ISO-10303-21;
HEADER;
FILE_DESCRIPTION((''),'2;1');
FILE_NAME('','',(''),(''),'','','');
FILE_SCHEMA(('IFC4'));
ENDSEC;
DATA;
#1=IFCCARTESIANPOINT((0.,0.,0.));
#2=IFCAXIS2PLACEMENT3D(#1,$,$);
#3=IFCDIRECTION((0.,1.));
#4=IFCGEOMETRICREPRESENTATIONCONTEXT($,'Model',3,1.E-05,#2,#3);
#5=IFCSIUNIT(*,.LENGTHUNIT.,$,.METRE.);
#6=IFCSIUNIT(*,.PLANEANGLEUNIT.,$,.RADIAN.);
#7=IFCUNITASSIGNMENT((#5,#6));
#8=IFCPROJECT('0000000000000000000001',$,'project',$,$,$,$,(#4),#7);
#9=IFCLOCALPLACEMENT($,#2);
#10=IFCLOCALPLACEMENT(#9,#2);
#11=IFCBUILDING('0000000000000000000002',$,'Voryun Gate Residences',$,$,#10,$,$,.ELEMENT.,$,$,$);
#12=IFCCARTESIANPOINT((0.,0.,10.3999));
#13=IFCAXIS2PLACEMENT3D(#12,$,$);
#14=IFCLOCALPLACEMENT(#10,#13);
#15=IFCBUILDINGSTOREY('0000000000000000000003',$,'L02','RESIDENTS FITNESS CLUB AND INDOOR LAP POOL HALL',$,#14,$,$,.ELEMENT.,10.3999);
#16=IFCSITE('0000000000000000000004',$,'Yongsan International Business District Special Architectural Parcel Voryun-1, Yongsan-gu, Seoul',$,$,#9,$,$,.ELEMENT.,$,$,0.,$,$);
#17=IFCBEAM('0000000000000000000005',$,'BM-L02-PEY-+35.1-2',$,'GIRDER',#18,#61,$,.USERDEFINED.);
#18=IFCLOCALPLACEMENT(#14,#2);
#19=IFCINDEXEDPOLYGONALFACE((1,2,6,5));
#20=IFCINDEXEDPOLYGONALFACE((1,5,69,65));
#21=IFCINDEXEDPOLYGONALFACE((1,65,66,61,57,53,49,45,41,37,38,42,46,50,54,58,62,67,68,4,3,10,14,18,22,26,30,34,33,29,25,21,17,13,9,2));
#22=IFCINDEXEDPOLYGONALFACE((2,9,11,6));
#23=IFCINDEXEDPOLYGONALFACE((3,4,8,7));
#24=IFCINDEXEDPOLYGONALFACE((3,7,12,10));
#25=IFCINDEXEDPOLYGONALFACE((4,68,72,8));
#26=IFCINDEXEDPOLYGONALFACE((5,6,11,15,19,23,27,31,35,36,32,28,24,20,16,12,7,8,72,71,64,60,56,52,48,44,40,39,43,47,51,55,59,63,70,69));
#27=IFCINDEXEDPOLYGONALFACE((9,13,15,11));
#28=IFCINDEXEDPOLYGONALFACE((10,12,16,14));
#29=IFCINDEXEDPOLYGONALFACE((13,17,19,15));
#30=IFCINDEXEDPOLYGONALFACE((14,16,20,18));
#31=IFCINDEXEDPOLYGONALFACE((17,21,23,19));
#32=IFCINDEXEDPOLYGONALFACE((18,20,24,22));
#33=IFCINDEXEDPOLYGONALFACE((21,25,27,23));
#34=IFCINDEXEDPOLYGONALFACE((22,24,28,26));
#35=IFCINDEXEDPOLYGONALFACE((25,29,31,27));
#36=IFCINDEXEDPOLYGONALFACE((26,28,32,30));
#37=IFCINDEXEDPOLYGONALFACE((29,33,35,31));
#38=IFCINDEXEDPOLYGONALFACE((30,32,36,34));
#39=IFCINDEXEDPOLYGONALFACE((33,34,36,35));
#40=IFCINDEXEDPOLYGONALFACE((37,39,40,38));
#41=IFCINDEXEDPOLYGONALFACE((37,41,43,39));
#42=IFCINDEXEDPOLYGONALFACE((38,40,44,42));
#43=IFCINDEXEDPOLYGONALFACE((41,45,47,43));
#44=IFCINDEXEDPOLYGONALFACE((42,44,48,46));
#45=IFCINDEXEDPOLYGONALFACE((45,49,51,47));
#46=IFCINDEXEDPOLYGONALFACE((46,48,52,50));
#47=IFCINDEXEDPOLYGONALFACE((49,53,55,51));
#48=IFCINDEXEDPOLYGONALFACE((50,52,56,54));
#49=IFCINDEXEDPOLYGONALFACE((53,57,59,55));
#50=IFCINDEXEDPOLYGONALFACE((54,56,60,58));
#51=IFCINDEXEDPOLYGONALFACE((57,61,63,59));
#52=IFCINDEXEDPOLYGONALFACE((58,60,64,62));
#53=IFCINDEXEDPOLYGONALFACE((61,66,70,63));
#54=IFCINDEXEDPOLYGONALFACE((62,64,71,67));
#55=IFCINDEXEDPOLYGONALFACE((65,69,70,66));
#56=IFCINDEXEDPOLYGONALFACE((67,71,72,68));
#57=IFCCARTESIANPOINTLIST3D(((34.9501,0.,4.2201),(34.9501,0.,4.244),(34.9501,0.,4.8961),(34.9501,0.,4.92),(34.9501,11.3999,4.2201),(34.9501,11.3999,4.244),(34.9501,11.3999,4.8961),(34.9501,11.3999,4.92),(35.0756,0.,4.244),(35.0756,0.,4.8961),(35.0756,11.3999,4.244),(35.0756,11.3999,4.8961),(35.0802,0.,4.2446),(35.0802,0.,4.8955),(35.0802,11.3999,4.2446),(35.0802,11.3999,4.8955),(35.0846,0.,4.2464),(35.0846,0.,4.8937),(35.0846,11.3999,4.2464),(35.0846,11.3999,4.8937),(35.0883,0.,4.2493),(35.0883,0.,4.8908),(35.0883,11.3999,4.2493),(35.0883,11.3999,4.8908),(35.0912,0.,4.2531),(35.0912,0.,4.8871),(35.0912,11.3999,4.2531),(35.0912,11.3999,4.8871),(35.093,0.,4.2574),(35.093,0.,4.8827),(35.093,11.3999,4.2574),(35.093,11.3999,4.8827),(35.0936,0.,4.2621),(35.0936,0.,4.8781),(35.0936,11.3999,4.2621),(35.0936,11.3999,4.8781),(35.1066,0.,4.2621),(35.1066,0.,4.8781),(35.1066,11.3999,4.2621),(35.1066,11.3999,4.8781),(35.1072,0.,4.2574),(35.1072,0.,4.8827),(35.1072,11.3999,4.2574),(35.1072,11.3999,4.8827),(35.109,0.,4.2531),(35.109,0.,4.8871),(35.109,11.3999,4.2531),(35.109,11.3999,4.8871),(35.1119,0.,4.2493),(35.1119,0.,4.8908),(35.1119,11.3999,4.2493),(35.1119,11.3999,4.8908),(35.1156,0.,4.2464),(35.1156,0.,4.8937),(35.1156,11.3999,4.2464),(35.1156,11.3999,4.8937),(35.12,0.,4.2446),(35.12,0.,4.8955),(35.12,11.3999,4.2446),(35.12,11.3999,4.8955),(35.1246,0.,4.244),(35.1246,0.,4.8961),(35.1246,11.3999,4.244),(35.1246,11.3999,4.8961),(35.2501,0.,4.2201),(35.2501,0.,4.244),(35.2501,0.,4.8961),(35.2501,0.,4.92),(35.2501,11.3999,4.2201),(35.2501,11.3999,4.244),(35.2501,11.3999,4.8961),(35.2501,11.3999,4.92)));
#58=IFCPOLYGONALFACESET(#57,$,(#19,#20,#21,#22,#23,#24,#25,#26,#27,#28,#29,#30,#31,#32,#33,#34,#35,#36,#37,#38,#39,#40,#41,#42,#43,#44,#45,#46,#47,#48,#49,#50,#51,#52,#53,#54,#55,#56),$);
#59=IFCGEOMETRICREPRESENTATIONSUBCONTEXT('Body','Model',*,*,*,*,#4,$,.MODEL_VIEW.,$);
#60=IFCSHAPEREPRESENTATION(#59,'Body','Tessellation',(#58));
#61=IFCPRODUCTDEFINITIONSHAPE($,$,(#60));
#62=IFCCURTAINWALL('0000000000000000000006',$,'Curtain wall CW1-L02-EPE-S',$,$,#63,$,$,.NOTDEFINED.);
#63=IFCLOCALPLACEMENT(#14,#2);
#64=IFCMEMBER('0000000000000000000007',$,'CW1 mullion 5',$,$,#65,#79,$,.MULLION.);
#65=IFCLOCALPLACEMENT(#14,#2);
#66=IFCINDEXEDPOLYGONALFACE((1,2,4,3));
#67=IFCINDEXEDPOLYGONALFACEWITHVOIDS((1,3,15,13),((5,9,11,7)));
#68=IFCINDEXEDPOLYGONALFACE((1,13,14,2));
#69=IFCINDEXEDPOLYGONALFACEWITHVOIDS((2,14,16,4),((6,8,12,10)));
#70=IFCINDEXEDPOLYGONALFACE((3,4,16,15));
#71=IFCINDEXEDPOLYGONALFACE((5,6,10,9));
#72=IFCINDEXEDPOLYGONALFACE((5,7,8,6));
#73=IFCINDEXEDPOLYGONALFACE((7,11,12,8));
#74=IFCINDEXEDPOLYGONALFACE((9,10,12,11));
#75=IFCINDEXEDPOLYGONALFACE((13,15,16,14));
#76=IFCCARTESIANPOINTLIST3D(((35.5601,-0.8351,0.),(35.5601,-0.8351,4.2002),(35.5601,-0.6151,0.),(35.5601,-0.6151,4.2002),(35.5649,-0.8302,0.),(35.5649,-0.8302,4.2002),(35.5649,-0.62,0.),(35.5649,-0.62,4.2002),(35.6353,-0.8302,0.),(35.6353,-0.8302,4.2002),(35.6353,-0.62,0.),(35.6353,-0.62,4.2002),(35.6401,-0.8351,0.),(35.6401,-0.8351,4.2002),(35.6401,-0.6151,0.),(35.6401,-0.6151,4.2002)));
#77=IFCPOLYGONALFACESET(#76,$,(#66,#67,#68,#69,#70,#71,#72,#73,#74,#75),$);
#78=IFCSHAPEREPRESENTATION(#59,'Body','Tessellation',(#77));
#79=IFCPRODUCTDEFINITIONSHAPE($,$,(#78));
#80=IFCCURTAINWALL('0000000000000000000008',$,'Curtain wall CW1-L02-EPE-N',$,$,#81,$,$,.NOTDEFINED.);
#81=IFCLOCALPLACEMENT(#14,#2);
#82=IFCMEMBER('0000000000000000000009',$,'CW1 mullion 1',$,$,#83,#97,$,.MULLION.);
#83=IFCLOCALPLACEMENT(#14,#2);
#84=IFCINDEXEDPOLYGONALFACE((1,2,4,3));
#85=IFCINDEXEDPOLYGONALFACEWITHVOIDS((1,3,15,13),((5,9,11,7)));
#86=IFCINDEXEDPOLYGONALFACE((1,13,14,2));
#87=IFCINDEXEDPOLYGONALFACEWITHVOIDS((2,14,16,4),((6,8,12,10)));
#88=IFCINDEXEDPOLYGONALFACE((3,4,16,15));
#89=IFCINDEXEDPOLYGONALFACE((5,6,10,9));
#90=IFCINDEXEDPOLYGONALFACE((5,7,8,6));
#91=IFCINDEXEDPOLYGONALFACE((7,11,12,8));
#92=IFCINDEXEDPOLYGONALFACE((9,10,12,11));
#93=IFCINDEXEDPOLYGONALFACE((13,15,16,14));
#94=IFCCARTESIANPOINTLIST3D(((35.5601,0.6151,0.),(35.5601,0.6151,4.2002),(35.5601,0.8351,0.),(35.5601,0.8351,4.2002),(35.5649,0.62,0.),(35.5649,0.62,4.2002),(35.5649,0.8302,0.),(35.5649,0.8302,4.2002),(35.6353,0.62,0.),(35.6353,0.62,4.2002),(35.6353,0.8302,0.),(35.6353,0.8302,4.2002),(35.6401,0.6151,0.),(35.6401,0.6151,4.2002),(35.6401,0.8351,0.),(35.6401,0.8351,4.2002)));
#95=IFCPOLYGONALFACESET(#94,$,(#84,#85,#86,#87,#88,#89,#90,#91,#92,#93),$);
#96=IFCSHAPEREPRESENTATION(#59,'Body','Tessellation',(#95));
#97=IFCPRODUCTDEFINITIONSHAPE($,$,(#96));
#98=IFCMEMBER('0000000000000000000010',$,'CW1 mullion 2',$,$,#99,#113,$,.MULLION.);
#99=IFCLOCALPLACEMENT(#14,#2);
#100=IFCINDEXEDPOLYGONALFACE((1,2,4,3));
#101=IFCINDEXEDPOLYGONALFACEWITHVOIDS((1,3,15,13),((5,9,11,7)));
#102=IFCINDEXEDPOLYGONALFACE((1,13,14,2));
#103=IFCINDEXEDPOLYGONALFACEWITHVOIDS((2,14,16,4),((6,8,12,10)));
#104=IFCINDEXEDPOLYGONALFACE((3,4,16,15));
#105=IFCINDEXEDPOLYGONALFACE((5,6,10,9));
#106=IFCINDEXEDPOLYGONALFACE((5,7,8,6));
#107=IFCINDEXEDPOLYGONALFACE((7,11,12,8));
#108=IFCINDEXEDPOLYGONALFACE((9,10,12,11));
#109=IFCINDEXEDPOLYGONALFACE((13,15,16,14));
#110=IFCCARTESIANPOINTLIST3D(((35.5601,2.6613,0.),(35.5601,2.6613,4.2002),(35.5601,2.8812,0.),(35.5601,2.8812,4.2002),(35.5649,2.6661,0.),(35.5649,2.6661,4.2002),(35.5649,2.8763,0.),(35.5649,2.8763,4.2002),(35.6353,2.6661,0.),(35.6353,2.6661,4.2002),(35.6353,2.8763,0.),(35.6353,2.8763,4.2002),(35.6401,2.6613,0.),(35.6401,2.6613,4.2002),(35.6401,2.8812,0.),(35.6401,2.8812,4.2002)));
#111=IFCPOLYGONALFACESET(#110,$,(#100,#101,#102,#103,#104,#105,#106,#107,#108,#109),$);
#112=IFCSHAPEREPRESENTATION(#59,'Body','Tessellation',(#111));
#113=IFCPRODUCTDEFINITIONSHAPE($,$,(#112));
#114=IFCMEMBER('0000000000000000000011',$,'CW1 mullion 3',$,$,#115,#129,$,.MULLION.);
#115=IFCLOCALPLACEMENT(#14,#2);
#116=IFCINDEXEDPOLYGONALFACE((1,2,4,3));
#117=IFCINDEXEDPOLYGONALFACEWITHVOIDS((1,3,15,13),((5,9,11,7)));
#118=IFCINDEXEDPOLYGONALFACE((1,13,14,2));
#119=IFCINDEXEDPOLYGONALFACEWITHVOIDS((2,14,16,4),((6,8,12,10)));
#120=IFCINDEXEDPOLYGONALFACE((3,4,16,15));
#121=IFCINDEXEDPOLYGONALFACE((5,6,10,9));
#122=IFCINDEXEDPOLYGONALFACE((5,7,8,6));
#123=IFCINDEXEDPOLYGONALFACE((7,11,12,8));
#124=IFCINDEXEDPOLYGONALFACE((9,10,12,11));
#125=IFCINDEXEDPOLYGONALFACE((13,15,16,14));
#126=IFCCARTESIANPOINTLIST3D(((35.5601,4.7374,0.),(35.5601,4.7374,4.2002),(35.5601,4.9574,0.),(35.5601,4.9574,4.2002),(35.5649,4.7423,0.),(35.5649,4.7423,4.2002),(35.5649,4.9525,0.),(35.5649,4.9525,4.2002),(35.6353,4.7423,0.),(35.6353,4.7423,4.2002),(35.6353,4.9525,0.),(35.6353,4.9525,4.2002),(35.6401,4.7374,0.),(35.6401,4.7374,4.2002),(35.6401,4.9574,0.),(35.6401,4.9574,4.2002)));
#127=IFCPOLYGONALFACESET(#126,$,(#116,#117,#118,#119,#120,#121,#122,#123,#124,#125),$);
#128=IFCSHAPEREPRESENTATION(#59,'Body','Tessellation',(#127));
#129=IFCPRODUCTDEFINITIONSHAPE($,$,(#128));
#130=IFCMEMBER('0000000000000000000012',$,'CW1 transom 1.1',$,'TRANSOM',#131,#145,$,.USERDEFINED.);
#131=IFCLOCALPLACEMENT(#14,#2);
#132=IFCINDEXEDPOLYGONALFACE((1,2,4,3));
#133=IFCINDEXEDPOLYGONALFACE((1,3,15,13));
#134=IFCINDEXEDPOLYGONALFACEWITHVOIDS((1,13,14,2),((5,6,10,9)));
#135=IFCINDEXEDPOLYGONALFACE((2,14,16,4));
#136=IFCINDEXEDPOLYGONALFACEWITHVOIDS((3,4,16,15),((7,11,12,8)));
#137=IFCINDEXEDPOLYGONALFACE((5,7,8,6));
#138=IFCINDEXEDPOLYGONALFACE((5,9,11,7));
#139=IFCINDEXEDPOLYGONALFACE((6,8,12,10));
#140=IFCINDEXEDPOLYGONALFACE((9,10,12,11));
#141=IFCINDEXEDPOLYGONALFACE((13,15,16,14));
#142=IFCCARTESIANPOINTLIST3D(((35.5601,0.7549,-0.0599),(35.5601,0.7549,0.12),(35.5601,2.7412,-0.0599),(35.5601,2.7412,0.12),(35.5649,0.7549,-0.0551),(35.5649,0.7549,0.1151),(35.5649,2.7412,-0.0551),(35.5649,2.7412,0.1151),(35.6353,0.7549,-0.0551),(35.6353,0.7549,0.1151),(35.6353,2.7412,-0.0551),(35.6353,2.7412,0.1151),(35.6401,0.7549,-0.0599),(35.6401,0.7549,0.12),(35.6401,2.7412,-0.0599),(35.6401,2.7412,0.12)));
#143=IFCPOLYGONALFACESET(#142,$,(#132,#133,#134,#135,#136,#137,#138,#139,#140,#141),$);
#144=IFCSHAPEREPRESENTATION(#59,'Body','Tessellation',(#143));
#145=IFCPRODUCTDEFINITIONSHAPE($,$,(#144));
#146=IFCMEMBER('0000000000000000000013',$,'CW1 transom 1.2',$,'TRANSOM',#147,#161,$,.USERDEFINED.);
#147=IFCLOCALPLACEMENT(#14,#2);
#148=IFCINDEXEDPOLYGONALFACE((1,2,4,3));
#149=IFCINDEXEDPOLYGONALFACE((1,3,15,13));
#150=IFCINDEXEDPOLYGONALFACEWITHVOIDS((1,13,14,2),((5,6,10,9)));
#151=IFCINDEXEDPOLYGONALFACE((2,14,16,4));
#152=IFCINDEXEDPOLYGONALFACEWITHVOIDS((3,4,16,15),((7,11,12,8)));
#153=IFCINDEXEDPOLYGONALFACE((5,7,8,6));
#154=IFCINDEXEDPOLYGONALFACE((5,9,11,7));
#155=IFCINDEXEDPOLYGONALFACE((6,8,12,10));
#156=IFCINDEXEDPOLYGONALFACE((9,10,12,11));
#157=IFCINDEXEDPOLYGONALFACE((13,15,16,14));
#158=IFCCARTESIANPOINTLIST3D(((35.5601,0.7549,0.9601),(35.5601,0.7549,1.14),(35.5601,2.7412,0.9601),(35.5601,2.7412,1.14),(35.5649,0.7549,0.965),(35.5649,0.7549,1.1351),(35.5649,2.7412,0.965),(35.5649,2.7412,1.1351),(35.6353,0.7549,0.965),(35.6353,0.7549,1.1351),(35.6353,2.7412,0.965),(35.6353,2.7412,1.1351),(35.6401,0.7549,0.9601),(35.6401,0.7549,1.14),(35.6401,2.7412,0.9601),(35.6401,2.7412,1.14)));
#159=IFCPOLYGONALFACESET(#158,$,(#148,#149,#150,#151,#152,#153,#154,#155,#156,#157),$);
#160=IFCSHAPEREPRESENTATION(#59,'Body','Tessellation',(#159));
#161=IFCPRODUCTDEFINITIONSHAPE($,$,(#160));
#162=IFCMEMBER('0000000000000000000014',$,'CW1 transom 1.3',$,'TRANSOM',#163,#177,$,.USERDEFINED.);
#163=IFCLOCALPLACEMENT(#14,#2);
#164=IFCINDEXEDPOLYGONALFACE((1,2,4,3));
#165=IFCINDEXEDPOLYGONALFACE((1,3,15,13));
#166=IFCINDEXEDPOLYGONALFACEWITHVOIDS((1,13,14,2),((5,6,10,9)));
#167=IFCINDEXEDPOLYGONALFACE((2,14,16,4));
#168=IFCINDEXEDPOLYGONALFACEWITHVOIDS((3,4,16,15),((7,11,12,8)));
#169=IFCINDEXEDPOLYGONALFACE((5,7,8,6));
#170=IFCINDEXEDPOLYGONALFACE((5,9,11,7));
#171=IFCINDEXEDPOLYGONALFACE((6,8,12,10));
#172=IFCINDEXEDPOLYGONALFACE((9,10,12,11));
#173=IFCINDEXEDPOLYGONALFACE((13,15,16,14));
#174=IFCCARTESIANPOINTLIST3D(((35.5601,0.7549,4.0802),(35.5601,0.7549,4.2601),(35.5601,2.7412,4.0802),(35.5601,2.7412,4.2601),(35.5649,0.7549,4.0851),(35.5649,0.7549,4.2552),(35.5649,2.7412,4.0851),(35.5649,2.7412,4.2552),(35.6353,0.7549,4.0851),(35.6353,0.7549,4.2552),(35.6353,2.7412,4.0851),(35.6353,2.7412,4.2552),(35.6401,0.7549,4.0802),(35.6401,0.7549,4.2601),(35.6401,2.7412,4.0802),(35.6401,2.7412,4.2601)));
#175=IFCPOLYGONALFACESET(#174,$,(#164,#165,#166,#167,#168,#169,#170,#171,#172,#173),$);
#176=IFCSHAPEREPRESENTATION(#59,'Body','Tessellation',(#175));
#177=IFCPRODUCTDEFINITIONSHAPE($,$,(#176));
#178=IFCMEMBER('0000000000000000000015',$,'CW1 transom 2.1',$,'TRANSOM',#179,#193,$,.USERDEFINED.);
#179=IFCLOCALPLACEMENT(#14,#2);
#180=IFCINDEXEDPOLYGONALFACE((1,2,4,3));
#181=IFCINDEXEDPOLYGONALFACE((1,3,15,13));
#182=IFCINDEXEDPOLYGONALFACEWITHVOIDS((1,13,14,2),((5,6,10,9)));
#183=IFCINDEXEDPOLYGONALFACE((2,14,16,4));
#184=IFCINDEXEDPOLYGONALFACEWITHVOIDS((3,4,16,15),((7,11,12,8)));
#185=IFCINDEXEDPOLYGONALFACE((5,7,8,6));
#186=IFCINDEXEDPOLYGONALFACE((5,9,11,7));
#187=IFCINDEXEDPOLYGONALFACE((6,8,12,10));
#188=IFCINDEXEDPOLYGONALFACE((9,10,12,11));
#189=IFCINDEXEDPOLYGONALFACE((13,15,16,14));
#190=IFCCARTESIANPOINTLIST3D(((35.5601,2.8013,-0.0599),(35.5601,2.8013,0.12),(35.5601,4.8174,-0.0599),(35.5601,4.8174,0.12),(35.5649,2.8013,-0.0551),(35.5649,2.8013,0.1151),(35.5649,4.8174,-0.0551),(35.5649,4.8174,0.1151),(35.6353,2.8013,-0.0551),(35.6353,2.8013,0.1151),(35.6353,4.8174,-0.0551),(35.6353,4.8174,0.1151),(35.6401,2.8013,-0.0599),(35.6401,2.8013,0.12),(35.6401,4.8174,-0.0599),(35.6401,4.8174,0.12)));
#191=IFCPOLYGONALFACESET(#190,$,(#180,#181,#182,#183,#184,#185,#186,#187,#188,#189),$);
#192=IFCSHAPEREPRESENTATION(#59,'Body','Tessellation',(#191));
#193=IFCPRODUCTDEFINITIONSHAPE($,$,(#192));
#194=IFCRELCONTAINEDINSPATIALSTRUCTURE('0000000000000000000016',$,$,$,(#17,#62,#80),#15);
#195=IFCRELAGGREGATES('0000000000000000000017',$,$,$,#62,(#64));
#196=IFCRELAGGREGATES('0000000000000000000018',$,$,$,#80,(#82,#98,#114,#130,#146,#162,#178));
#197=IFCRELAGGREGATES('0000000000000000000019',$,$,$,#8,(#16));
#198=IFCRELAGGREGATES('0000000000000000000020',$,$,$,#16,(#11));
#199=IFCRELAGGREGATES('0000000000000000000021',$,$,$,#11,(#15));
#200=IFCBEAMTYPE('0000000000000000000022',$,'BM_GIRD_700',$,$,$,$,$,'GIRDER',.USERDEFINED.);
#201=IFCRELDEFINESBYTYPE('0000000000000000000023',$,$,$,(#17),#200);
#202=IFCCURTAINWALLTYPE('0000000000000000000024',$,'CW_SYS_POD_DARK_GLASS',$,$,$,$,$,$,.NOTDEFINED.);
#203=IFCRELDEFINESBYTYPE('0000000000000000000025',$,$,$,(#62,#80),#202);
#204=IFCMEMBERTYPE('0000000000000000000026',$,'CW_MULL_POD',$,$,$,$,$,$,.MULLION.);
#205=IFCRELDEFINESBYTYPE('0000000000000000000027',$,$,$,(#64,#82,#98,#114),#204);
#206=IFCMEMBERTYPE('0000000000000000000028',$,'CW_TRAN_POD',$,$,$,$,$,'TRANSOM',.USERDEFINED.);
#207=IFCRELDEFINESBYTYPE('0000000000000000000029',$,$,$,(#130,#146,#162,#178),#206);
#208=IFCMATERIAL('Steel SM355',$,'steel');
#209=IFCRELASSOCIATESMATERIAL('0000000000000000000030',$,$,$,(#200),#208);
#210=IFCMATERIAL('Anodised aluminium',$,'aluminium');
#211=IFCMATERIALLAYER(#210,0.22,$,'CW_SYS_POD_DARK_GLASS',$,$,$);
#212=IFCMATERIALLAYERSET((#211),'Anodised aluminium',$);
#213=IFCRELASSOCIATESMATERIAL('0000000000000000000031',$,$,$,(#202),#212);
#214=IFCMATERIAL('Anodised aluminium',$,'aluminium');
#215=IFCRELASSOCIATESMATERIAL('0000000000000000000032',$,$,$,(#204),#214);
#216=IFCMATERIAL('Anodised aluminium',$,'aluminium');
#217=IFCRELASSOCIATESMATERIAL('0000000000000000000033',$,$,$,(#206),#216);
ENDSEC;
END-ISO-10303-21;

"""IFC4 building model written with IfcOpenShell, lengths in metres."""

from ifc_helpers import new_model, si_unit, direction, frame, origin, origin_2d, place, context, subcontext, project, spatial, hollow_rectangle, i_section, extrude, material, layer, layer_set, material_profile, profile_set, type_object, element, aggregate, save


model = new_model("IFC4")

# Units and contexts
model_context = context("Model", 3, precision=1e-05, world=origin(), true_north=direction((0.0, 1.0)))
body_context = subcontext(model_context, "Body", "Model", "MODEL_VIEW")
ifc_project = project(units=[si_unit("LENGTHUNIT", "METRE"), si_unit("PLANEANGLEUNIT", "RADIAN")], contexts=[model_context])

# Site, building, storey
site_placement = place(None, origin())
site = spatial("IfcSite", under=ifc_project, at=site_placement, Name="Yongsan International Business District Special Architectural Parcel Voryun-1, Yongsan-gu, Seoul", CompositionType="ELEMENT", RefElevation=0.0)
building_placement = place(site_placement, origin())
building = spatial("IfcBuilding", under=site, at=building_placement, Name="Voryun Gate Residences", CompositionType="ELEMENT")
storey_placement = place(building_placement, frame((0.0, 0.0, 10.3999)))
storey = spatial("IfcBuildingStorey", under=building, at=storey_placement, Name="L02", Description="RESIDENTS FITNESS CLUB AND INDOOR LAP POOL HALL", CompositionType="ELEMENT", Elevation=10.3999)

# Beam
ifc_material_1 = material(Name="Steel SM355", Category="steel")
ifc_material_profile_1 = material_profile(ifc_material_1, i_section(OverallWidth=0.3, OverallDepth=0.7, WebThickness=0.0129, FlangeThickness=0.0239, FilletRadius=0.0181, at=origin_2d()), Name="H-700x300x13x24")
ifc_profile_set_1 = profile_set([ifc_material_profile_1], Name="Steel SM355")
beam_type = type_object("IfcBeamType", Name="BM_GIRD_700", ElementType="GIRDER", PredefinedType="USERDEFINED", material=ifc_profile_set_1)
for number, where, z_axis, x_axis, name in (
    (1, (35.1001, 0.0, 4.5701), (0.0, 1.0, 0.0), (-1.0, 0.0, 0.0), "BM-L02-PEY-+35.1-2"),
):
    element("IfcBeam", number, at=place(storey_placement, frame(where, z_axis=z_axis, x_axis=x_axis)), inside=storey, type_object=beam_type, Name=name, ObjectType="GIRDER", PredefinedType="USERDEFINED", context=body_context, shape_type="SweptSolid", body=[
        extrude(i_section(OverallWidth=0.3, OverallDepth=0.7, WebThickness=0.0129, FlangeThickness=0.0239, FilletRadius=0.0181, at=origin_2d()), origin(), (0.0, 0.0, 1.0), 11.3999),
    ])

# Curtain wall, member
ifc_material_2 = material(Name="Anodised aluminium", Category="aluminium")
ifc_layer_1 = layer(ifc_material_2, 0.22, Name="CW_SYS_POD_DARK_GLASS")
ifc_layer_set_1 = layer_set([ifc_layer_1], Name="Anodised aluminium")
curtain_wall_type = type_object("IfcCurtainWallType", Name="CW_SYS_POD_DARK_GLASS", PredefinedType="NOTDEFINED", material=ifc_layer_set_1)
curtain_wall_1_placement = place(storey_placement, origin())
curtain_wall_1 = element("IfcCurtainWall", 2, at=curtain_wall_1_placement, inside=storey, type_object=curtain_wall_type, Name="Curtain wall CW1-L02-EPE-S", PredefinedType="NOTDEFINED")
ifc_material_3 = material(Name="Anodised aluminium", Category="aluminium")
ifc_material_profile_2 = material_profile(ifc_material_3, hollow_rectangle(XDim=0.0801, YDim=0.22, WallThickness=0.0049, at=origin_2d()), Name="ALU-MULL-220x80x5")
ifc_profile_set_2 = profile_set([ifc_material_profile_2], Name="Anodised aluminium")
member_type_1 = type_object("IfcMemberType", Name="CW_MULL_POD", PredefinedType="MULLION", material=ifc_profile_set_2)
member_1_placement = place(storey_placement, frame((35.6001, -0.7251, 0.0), z_axis=(0.0, 0.0, 1.0), x_axis=(-1.0, 0.0, 0.0)))
member_1 = element("IfcMember", 3, at=member_1_placement, type_object=member_type_1, Name="CW1 mullion 5", PredefinedType="MULLION", context=body_context, shape_type="SweptSolid", body=[
    extrude(hollow_rectangle(XDim=0.0801, YDim=0.22, WallThickness=0.0049, at=origin_2d()), origin(), (0.0, 0.0, 1.0), 4.2002),
])

# Curtain wall, members
curtain_wall_2_placement = place(storey_placement, origin())
curtain_wall_2 = element("IfcCurtainWall", 4, at=curtain_wall_2_placement, inside=storey, type_object=curtain_wall_type, Name="Curtain wall CW1-L02-EPE-N", PredefinedType="NOTDEFINED")
member_2_placement = place(storey_placement, frame((35.6001, 0.7251, 0.0), z_axis=(0.0, 0.0, 1.0), x_axis=(-1.0, 0.0, 0.0)))
member_2 = element("IfcMember", 5, at=member_2_placement, type_object=member_type_1, Name="CW1 mullion 1", PredefinedType="MULLION", context=body_context, shape_type="SweptSolid", body=[
    extrude(hollow_rectangle(XDim=0.0801, YDim=0.22, WallThickness=0.0049, at=origin_2d()), origin(), (0.0, 0.0, 1.0), 4.2002),
])
member_3_placement = place(storey_placement, frame((35.6001, 2.7712, 0.0), z_axis=(0.0, 0.0, 1.0), x_axis=(-1.0, 0.0, 0.0)))
member_3 = element("IfcMember", 6, at=member_3_placement, type_object=member_type_1, Name="CW1 mullion 2", PredefinedType="MULLION", context=body_context, shape_type="SweptSolid", body=[
    extrude(hollow_rectangle(XDim=0.0801, YDim=0.22, WallThickness=0.0049, at=origin_2d()), origin(), (0.0, 0.0, 1.0), 4.2002),
])
member_4_placement = place(storey_placement, frame((35.6001, 4.8474, 0.0), z_axis=(0.0, 0.0, 1.0), x_axis=(-1.0, 0.0, 0.0)))
member_4 = element("IfcMember", 7, at=member_4_placement, type_object=member_type_1, Name="CW1 mullion 3", PredefinedType="MULLION", context=body_context, shape_type="SweptSolid", body=[
    extrude(hollow_rectangle(XDim=0.0801, YDim=0.22, WallThickness=0.0049, at=origin_2d()), origin(), (0.0, 0.0, 1.0), 4.2002),
])
ifc_material_4 = material(Name="Anodised aluminium", Category="aluminium")
ifc_material_profile_3 = material_profile(ifc_material_4, hollow_rectangle(XDim=0.0801, YDim=0.1799, WallThickness=0.0049, at=origin_2d()), Name="ALU-TRAN-180x80x5")
ifc_profile_set_3 = profile_set([ifc_material_profile_3], Name="Anodised aluminium")
member_type_2 = type_object("IfcMemberType", Name="CW_TRAN_POD", ElementType="TRANSOM", PredefinedType="USERDEFINED", material=ifc_profile_set_3)
member_5_placement = place(storey_placement, frame((35.6001, 0.7549, 0.03), z_axis=(0.0, 1.0, 0.0), x_axis=(-1.0, 0.0, 0.0)))
member_5 = element("IfcMember", 8, at=member_5_placement, type_object=member_type_2, Name="CW1 transom 1.1", ObjectType="TRANSOM", PredefinedType="USERDEFINED", context=body_context, shape_type="SweptSolid", body=[
    extrude(hollow_rectangle(XDim=0.0801, YDim=0.1799, WallThickness=0.0049, at=origin_2d()), origin(), (0.0, 0.0, 1.0), 1.9863),
])
member_6_placement = place(storey_placement, frame((35.6001, 0.7549, 1.05), z_axis=(0.0, 1.0, 0.0), x_axis=(-1.0, 0.0, 0.0)))
member_6 = element("IfcMember", 9, at=member_6_placement, type_object=member_type_2, Name="CW1 transom 1.2", ObjectType="TRANSOM", PredefinedType="USERDEFINED", context=body_context, shape_type="SweptSolid", body=[
    extrude(hollow_rectangle(XDim=0.0801, YDim=0.1799, WallThickness=0.0049, at=origin_2d()), origin(), (0.0, 0.0, 1.0), 1.9863),
])
member_7_placement = place(storey_placement, frame((35.6001, 0.7549, 4.1702), z_axis=(0.0, 1.0, 0.0), x_axis=(-1.0, 0.0, 0.0)))
member_7 = element("IfcMember", 10, at=member_7_placement, type_object=member_type_2, Name="CW1 transom 1.3", ObjectType="TRANSOM", PredefinedType="USERDEFINED", context=body_context, shape_type="SweptSolid", body=[
    extrude(hollow_rectangle(XDim=0.0801, YDim=0.1799, WallThickness=0.0049, at=origin_2d()), origin(), (0.0, 0.0, 1.0), 1.9863),
])
member_8_placement = place(storey_placement, frame((35.6001, 2.8013, 0.03), z_axis=(0.0, 1.0, 0.0), x_axis=(-1.0, 0.0, 0.0)))
member_8 = element("IfcMember", 11, at=member_8_placement, type_object=member_type_2, Name="CW1 transom 2.1", ObjectType="TRANSOM", PredefinedType="USERDEFINED", context=body_context, shape_type="SweptSolid", body=[
    extrude(hollow_rectangle(XDim=0.0801, YDim=0.1799, WallThickness=0.0049, at=origin_2d()), origin(), (0.0, 0.0, 1.0), 2.0161),
])

aggregate(curtain_wall_1, [member_1])
aggregate(curtain_wall_2, [member_2, member_3, member_4, member_5, member_6, member_7, member_8])

save(model, "model.ifc")
